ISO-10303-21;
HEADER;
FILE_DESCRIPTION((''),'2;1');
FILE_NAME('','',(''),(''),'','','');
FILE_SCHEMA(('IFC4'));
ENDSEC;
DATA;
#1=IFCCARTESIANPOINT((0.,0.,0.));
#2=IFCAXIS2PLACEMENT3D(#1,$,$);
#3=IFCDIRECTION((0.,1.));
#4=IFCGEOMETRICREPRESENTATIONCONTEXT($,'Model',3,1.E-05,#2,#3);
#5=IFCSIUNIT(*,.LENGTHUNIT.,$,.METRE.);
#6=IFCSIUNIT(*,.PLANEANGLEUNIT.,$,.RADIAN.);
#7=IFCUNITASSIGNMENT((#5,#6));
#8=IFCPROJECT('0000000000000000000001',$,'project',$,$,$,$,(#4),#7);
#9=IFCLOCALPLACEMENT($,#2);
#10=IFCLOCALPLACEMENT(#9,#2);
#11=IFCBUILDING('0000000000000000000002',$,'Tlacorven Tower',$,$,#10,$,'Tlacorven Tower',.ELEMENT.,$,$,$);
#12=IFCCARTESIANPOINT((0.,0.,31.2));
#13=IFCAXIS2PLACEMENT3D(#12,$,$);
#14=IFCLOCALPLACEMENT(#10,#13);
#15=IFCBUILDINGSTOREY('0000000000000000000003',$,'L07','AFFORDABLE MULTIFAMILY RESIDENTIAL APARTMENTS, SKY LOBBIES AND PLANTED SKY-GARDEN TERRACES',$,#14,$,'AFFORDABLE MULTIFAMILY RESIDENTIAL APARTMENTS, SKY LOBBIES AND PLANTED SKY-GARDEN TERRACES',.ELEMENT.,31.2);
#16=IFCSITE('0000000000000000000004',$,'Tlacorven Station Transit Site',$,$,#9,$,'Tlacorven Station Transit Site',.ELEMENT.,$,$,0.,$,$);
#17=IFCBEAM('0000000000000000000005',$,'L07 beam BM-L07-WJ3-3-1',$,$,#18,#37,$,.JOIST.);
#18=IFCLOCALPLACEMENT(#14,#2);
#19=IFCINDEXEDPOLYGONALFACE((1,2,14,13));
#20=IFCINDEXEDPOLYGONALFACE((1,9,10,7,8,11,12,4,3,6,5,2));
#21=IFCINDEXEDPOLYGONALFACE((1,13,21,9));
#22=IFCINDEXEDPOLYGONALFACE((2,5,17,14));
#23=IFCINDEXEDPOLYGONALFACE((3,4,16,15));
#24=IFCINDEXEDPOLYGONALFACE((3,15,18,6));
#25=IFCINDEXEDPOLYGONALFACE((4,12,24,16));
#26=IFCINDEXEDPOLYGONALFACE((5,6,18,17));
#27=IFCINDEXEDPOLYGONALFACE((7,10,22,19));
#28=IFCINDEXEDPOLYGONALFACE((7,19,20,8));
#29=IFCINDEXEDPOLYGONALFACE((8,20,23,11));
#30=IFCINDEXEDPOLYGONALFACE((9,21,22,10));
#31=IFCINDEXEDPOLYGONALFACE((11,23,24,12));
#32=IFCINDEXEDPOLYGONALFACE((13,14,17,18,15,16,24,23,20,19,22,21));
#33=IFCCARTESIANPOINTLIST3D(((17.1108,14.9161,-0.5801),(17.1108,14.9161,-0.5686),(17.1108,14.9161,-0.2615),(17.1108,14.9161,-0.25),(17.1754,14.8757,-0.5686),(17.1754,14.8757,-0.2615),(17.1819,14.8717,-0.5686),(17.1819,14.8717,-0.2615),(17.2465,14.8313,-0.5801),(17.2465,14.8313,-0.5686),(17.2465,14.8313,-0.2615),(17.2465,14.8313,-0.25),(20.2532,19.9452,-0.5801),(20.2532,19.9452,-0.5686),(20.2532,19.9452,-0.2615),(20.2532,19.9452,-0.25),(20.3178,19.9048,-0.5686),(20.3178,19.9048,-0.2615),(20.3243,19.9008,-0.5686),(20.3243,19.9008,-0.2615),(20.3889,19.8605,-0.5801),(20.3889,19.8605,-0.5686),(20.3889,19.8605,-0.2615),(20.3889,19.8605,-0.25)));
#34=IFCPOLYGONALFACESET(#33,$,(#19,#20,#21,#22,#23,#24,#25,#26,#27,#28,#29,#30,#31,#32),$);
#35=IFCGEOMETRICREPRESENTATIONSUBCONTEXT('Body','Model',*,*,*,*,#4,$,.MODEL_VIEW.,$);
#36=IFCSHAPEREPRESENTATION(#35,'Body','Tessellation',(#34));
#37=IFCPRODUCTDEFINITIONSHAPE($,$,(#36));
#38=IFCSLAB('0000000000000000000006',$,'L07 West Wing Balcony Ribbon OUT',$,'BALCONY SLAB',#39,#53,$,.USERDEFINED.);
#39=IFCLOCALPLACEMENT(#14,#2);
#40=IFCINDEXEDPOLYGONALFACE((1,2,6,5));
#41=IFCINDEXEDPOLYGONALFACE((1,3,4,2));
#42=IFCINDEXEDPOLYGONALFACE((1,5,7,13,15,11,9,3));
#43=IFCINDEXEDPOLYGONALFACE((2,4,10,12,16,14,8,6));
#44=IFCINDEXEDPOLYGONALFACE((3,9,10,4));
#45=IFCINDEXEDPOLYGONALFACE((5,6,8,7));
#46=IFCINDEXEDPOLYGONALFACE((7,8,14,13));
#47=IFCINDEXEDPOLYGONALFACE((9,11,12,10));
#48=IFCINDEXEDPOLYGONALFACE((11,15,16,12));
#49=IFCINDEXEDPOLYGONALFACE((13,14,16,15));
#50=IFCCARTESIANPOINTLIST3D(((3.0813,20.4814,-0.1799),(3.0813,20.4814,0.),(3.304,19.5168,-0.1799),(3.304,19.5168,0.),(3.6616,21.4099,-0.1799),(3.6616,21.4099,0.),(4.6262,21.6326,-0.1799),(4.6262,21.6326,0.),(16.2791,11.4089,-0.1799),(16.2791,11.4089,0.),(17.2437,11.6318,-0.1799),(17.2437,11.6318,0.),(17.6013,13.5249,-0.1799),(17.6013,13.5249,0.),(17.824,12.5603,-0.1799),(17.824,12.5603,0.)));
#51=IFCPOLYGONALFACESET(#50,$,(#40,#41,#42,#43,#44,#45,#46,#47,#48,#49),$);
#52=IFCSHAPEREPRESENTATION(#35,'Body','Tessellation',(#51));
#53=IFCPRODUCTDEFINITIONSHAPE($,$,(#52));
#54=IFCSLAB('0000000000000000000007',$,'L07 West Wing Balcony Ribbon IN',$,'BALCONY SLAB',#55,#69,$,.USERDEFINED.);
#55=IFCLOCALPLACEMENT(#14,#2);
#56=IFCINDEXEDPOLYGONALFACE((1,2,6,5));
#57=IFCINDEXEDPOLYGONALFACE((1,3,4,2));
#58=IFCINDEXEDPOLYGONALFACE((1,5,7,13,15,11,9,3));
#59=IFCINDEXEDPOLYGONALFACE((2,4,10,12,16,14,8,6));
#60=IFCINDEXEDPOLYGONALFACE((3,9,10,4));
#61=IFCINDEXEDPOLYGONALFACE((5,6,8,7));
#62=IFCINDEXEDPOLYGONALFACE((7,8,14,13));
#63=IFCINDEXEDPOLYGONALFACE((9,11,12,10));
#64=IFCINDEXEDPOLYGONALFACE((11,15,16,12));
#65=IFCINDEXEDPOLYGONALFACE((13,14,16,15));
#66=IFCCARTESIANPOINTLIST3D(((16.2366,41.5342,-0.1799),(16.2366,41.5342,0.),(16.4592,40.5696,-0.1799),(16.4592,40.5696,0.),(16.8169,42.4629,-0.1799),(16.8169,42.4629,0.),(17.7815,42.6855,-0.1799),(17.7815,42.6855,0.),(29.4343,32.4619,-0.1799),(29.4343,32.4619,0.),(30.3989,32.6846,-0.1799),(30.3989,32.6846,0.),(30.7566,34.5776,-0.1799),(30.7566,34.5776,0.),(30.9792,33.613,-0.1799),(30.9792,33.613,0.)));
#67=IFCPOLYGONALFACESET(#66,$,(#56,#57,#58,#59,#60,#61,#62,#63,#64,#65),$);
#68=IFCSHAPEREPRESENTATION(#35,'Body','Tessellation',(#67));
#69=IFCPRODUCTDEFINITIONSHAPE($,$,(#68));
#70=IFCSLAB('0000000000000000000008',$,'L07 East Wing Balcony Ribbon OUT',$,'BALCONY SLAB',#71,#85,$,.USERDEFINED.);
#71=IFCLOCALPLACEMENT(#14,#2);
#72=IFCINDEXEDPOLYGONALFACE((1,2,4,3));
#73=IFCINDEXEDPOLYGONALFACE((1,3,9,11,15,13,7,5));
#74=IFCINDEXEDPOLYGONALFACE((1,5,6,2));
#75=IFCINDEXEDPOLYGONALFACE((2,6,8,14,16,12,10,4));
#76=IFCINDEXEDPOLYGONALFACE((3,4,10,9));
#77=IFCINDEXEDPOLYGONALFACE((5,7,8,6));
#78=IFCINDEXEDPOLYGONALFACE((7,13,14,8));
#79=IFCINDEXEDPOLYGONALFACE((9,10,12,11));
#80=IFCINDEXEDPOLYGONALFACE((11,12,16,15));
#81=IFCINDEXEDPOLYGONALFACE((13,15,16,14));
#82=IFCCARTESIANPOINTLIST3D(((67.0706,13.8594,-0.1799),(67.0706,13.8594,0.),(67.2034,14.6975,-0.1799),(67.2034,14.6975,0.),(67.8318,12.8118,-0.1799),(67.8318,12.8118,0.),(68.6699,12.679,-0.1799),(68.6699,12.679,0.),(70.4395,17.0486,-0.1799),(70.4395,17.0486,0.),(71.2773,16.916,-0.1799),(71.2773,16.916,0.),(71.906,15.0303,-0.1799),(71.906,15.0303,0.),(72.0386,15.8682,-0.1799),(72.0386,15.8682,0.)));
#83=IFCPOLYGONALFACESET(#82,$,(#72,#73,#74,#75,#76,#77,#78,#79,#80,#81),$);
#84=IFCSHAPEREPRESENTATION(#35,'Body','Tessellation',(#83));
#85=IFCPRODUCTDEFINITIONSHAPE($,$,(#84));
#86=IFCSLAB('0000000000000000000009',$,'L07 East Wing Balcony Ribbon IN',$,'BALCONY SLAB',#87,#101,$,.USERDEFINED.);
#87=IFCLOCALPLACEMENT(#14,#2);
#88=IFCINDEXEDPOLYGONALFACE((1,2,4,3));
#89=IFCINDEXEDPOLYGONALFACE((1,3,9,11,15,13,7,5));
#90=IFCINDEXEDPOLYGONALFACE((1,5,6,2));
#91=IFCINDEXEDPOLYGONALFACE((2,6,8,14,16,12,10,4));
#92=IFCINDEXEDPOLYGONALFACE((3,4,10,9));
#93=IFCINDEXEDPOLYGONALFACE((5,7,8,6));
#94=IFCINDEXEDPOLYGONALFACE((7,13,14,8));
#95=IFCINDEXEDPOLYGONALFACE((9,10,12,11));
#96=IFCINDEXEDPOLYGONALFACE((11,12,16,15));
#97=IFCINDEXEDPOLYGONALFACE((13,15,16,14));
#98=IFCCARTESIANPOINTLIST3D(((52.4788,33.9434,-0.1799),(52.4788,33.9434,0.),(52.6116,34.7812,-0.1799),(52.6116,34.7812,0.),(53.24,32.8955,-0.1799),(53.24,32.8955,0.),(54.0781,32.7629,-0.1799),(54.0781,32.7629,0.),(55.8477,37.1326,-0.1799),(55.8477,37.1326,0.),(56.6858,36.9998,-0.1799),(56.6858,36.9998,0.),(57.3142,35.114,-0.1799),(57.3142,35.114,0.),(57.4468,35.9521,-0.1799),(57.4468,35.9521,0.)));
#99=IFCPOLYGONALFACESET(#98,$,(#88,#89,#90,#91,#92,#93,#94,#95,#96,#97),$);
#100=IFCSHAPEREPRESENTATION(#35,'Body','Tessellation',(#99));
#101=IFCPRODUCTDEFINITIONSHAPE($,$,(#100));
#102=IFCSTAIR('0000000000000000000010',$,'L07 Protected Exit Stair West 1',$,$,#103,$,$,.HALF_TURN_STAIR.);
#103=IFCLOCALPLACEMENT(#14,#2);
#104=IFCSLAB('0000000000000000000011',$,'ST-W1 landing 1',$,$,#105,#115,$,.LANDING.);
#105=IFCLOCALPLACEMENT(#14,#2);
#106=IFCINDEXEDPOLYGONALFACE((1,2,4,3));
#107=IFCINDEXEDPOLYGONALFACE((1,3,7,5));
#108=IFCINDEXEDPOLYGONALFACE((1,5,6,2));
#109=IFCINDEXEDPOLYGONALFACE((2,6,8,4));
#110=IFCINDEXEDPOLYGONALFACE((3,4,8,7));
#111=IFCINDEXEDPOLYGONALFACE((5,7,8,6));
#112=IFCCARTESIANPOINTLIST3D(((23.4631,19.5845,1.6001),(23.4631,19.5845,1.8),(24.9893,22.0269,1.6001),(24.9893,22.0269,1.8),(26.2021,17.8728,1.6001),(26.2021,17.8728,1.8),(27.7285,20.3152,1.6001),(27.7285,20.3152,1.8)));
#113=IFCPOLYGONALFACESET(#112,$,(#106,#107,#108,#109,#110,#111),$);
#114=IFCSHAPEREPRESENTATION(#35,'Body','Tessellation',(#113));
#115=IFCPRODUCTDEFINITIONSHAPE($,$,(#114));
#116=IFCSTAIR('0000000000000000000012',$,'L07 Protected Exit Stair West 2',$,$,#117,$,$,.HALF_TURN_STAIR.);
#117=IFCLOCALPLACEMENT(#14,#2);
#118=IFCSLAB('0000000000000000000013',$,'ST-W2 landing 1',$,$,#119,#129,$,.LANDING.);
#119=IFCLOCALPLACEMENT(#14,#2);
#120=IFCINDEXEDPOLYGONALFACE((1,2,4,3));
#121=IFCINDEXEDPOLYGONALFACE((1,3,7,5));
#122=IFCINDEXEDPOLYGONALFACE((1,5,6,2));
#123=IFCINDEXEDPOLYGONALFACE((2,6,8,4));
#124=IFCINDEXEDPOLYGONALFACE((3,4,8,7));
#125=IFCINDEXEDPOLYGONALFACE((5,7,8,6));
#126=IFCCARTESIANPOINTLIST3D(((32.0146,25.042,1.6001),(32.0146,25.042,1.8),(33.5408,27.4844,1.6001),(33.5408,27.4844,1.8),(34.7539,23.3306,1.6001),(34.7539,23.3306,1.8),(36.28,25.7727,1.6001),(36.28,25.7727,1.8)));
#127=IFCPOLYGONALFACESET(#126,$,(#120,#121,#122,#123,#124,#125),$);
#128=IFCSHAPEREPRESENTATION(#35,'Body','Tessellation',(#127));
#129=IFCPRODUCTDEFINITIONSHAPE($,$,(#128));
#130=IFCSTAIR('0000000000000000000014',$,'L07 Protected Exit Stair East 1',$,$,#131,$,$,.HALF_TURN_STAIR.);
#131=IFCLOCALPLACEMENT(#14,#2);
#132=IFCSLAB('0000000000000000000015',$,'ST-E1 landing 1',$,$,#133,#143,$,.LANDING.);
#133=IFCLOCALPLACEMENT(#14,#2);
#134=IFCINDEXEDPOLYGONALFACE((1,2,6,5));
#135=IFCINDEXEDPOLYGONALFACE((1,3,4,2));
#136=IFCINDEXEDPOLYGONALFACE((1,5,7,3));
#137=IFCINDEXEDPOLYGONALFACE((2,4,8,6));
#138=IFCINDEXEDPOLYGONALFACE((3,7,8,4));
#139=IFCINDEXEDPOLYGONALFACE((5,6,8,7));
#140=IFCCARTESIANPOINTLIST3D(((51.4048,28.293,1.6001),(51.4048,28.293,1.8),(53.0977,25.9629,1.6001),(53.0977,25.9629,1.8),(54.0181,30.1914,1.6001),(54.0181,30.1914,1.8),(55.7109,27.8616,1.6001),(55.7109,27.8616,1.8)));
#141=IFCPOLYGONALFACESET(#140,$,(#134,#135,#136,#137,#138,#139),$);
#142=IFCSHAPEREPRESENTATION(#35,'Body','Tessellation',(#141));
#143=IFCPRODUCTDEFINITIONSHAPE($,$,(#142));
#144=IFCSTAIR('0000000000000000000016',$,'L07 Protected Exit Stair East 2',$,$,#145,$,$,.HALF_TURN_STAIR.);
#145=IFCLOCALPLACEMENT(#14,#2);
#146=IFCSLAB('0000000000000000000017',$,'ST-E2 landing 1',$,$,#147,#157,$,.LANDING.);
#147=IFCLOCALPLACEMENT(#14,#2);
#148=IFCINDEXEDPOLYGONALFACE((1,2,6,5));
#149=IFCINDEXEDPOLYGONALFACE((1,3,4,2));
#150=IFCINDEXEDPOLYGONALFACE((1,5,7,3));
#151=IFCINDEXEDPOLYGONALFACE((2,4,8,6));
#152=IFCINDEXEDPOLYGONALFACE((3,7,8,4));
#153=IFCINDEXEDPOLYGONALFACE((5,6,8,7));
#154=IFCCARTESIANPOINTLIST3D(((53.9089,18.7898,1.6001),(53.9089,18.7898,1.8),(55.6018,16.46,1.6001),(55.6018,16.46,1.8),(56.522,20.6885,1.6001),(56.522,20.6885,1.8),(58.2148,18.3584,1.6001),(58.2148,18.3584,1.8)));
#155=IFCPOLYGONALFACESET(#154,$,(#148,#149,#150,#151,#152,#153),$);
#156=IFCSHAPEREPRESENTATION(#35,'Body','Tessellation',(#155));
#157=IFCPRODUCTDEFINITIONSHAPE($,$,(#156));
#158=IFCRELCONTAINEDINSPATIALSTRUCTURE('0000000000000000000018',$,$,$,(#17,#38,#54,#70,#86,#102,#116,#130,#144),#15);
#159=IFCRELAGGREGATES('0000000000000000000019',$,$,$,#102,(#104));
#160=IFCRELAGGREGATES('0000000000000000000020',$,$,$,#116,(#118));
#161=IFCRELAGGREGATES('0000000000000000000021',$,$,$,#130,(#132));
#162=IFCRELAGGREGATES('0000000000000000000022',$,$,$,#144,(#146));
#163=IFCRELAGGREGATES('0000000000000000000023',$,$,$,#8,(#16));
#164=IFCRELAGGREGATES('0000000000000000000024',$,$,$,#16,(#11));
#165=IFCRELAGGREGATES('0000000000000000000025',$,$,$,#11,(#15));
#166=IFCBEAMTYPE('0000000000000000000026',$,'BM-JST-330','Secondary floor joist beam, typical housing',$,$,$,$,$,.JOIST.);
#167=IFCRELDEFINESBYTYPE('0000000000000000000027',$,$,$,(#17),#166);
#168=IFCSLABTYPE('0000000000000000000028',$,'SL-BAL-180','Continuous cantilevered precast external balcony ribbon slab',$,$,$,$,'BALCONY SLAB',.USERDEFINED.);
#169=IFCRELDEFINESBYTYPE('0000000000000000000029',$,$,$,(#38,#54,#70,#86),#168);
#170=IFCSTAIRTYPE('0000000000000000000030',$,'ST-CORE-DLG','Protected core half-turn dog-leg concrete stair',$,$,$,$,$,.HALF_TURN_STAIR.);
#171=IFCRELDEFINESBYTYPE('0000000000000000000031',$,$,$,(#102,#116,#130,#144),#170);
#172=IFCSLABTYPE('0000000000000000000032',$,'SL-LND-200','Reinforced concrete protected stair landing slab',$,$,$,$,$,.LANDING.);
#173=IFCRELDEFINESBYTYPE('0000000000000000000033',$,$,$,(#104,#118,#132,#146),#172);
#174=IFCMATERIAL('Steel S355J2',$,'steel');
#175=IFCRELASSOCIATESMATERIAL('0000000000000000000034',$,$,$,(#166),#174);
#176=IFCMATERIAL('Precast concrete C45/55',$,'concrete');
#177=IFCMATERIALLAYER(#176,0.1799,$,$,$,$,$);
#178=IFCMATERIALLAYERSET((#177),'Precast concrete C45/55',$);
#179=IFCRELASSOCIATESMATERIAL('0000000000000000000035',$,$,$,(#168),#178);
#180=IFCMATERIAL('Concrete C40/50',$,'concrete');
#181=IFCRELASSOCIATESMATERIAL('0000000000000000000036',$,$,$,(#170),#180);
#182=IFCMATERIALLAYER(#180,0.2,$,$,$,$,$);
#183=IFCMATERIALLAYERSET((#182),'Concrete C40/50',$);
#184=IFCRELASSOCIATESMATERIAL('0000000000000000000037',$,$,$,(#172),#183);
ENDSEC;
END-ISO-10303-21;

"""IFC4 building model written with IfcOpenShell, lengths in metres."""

from ifc_helpers import new_model, si_unit, direction, frame, origin, origin_2d, place, context, subcontext, project, spatial, polyline, i_section, outline, extrude, source, transform, mapped, material, layer, layer_set, material_profile, profile_set, type_object, element, aggregate, save


model = new_model("IFC4")

# Units and contexts
model_context = context("Model", 3, precision=1e-05, world=origin(), true_north=direction((0.0, 1.0)))
body_context = subcontext(model_context, "Body", "Model", "MODEL_VIEW")
ifc_project = project(units=[si_unit("LENGTHUNIT", "METRE"), si_unit("PLANEANGLEUNIT", "RADIAN")], contexts=[model_context])

# Site, building, storey
site_placement = place(None, origin())
site = spatial("IfcSite", under=ifc_project, at=site_placement, Name="Tlacorven Station Transit Site", LongName="Tlacorven Station Transit Site", CompositionType="ELEMENT", RefElevation=0.0)
building_placement = place(site_placement, origin())
building = spatial("IfcBuilding", under=site, at=building_placement, Name="Tlacorven Tower", LongName="Tlacorven Tower", CompositionType="ELEMENT")
storey_placement = place(building_placement, frame((0.0, 0.0, 31.2)))
storey = spatial("IfcBuildingStorey", under=building, at=storey_placement, Name="L07", Description="AFFORDABLE MULTIFAMILY RESIDENTIAL APARTMENTS, SKY LOBBIES AND PLANTED SKY-GARDEN TERRACES", LongName="AFFORDABLE MULTIFAMILY RESIDENTIAL APARTMENTS, SKY LOBBIES AND PLANTED SKY-GARDEN TERRACES", CompositionType="ELEMENT", Elevation=31.2)

# Beam
ifc_material_1 = material(Name="Steel S355J2", Category="steel")
ifc_material_profile_1 = material_profile(ifc_material_1, i_section(OverallWidth=0.1599, OverallDepth=0.3301, WebThickness=0.0076, FlangeThickness=0.0115, at=origin_2d()), Name="IPE 330")
ifc_profile_set_1 = profile_set([ifc_material_profile_1], Name="Steel S355J2")
beam_type_1 = type_object("IfcBeamType", Name="BM-JST-330", Description="Secondary floor joist beam, typical housing", PredefinedType="JOIST", material=ifc_profile_set_1)
shared_shape_1 = source(origin(), body_context, "Body", "SweptSolid", [
    extrude(i_section(OverallWidth=0.1599, OverallDepth=0.3301, WebThickness=0.0076, FlangeThickness=0.0115, at=origin_2d()), origin(), (0.0, 0.0, 1.0), 5.9302),
])
beam_1_placement = place(storey_placement, frame((20.321, 19.9028, -0.415), z_axis=(-0.529899, -0.848061, 0.0), x_axis=(0.848061, -0.529899, 0.0)))
element("IfcBeam", 1, at=beam_1_placement, inside=storey, type_object=beam_type_1, Name="L07 beam BM-L07-WJ3-3-1", PredefinedType="JOIST", context=body_context, shape_type="MappedRepresentation", body=[
    mapped(shared_shape_1, transform((0.0, 0.0, 0.0), scale=1.0)),
])

# Slabs
ifc_material_2 = material(Name="Precast concrete C45/55", Category="concrete")
ifc_layer_1 = layer(ifc_material_2, 0.1799)
ifc_layer_set_1 = layer_set([ifc_layer_1], Name="Precast concrete C45/55")
slab_type_1 = type_object("IfcSlabType", Name="SL-BAL-180", Description="Continuous cantilevered precast external balcony ribbon slab", ElementType="BALCONY SLAB", PredefinedType="USERDEFINED", material=ifc_layer_set_1)
slab_1_placement = place(storey_placement, frame((0.0, 0.0, -0.1799)))
element("IfcSlab", 2, at=slab_1_placement, inside=storey, type_object=slab_type_1, Name="L07 West Wing Balcony Ribbon OUT", ObjectType="BALCONY SLAB", PredefinedType="USERDEFINED", context=body_context, shape_type="SweptSolid", body=[
    extrude(outline(polyline([(17.6013, 13.5249), (4.6262, 21.6326), (3.6616, 21.4099), (3.0813, 20.4814), (3.304, 19.5168), (16.2791, 11.4089), (17.2437, 11.6318), (17.824, 12.5603), (17.6013, 13.5249)])), origin(), (0.0, 0.0, 1.0), 0.1799),
])
slab_2_placement = place(storey_placement, frame((0.0, 0.0, -0.1799)))
element("IfcSlab", 3, at=slab_2_placement, inside=storey, type_object=slab_type_1, Name="L07 West Wing Balcony Ribbon IN", ObjectType="BALCONY SLAB", PredefinedType="USERDEFINED", context=body_context, shape_type="SweptSolid", body=[
    extrude(outline(polyline([(30.7566, 34.5776), (17.7815, 42.6855), (16.8169, 42.4629), (16.2366, 41.5342), (16.4592, 40.5696), (29.4343, 32.4619), (30.3989, 32.6846), (30.9792, 33.613), (30.7566, 34.5776)])), origin(), (0.0, 0.0, 1.0), 0.1799),
])
slab_3_placement = place(storey_placement, frame((0.0, 0.0, -0.1799)))
element("IfcSlab", 4, at=slab_3_placement, inside=storey, type_object=slab_type_1, Name="L07 East Wing Balcony Ribbon OUT", ObjectType="BALCONY SLAB", PredefinedType="USERDEFINED", context=body_context, shape_type="SweptSolid", body=[
    extrude(outline(polyline([(68.6699, 12.679), (71.906, 15.0303), (72.0386, 15.8682), (71.2773, 16.916), (70.4395, 17.0486), (67.2034, 14.6975), (67.0706, 13.8594), (67.8318, 12.8118), (68.6699, 12.679)])), origin(), (0.0, 0.0, 1.0), 0.1799),
])
slab_4_placement = place(storey_placement, frame((0.0, 0.0, -0.1799)))
element("IfcSlab", 5, at=slab_4_placement, inside=storey, type_object=slab_type_1, Name="L07 East Wing Balcony Ribbon IN", ObjectType="BALCONY SLAB", PredefinedType="USERDEFINED", context=body_context, shape_type="SweptSolid", body=[
    extrude(outline(polyline([(54.0781, 32.7629), (57.3142, 35.114), (57.4468, 35.9521), (56.6858, 36.9998), (55.8477, 37.1326), (52.6116, 34.7812), (52.4788, 33.9434), (53.24, 32.8955), (54.0781, 32.7629)])), origin(), (0.0, 0.0, 1.0), 0.1799),
])

# Stairs, slabs
ifc_material_3 = material(Name="Concrete C40/50", Category="concrete")
stair_type = type_object("IfcStairType", Name="ST-CORE-DLG", Description="Protected core half-turn dog-leg concrete stair", PredefinedType="HALF_TURN_STAIR", material=ifc_material_3)
stair_1_placement = place(storey_placement, origin())
stair_1 = element("IfcStair", 6, at=stair_1_placement, inside=storey, type_object=stair_type, Name="L07 Protected Exit Stair West 1", PredefinedType="HALF_TURN_STAIR")
ifc_layer_2 = layer(ifc_material_3, 0.2)
ifc_layer_set_2 = layer_set([ifc_layer_2], Name="Concrete C40/50")
slab_type_2 = type_object("IfcSlabType", Name="SL-LND-200", Description="Reinforced concrete protected stair landing slab", PredefinedType="LANDING", material=ifc_layer_set_2)
slab_5_placement = place(storey_placement, frame((0.0, 0.0, 1.6001)))
slab_5 = element("IfcSlab", 7, at=slab_5_placement, type_object=slab_type_2, Name="ST-W1 landing 1", PredefinedType="LANDING", context=body_context, shape_type="SweptSolid", body=[
    extrude(outline(polyline([(27.7285, 20.3152), (24.9893, 22.0269), (23.4631, 19.5845), (26.2021, 17.8728), (27.7285, 20.3152)])), origin(), (0.0, 0.0, 1.0), 0.2),
])
aggregate(stair_1, [slab_5])
stair_2_placement = place(storey_placement, origin())
stair_2 = element("IfcStair", 8, at=stair_2_placement, inside=storey, type_object=stair_type, Name="L07 Protected Exit Stair West 2", PredefinedType="HALF_TURN_STAIR")
slab_6_placement = place(storey_placement, frame((0.0, 0.0, 1.6001)))
slab_6 = element("IfcSlab", 9, at=slab_6_placement, type_object=slab_type_2, Name="ST-W2 landing 1", PredefinedType="LANDING", context=body_context, shape_type="SweptSolid", body=[
    extrude(outline(polyline([(36.28, 25.7727), (33.5408, 27.4844), (32.0146, 25.042), (34.7539, 23.3306), (36.28, 25.7727)])), origin(), (0.0, 0.0, 1.0), 0.2),
])
aggregate(stair_2, [slab_6])
stair_3_placement = place(storey_placement, origin())
stair_3 = element("IfcStair", 10, at=stair_3_placement, inside=storey, type_object=stair_type, Name="L07 Protected Exit Stair East 1", PredefinedType="HALF_TURN_STAIR")
slab_7_placement = place(storey_placement, frame((0.0, 0.0, 1.6001)))
slab_7 = element("IfcSlab", 11, at=slab_7_placement, type_object=slab_type_2, Name="ST-E1 landing 1", PredefinedType="LANDING", context=body_context, shape_type="SweptSolid", body=[
    extrude(outline(polyline([(53.0977, 25.9629), (55.7109, 27.8616), (54.0181, 30.1914), (51.4048, 28.293), (53.0977, 25.9629)])), origin(), (0.0, 0.0, 1.0), 0.2),
])
aggregate(stair_3, [slab_7])
stair_4_placement = place(storey_placement, origin())
stair_4 = element("IfcStair", 12, at=stair_4_placement, inside=storey, type_object=stair_type, Name="L07 Protected Exit Stair East 2", PredefinedType="HALF_TURN_STAIR")
slab_8_placement = place(storey_placement, frame((0.0, 0.0, 1.6001)))
slab_8 = element("IfcSlab", 13, at=slab_8_placement, type_object=slab_type_2, Name="ST-E2 landing 1", PredefinedType="LANDING", context=body_context, shape_type="SweptSolid", body=[
    extrude(outline(polyline([(55.6018, 16.46), (58.2148, 18.3584), (56.522, 20.6885), (53.9089, 18.7898), (55.6018, 16.46)])), origin(), (0.0, 0.0, 1.0), 0.2),
])
aggregate(stair_4, [slab_8])

save(model, "model.ifc")
